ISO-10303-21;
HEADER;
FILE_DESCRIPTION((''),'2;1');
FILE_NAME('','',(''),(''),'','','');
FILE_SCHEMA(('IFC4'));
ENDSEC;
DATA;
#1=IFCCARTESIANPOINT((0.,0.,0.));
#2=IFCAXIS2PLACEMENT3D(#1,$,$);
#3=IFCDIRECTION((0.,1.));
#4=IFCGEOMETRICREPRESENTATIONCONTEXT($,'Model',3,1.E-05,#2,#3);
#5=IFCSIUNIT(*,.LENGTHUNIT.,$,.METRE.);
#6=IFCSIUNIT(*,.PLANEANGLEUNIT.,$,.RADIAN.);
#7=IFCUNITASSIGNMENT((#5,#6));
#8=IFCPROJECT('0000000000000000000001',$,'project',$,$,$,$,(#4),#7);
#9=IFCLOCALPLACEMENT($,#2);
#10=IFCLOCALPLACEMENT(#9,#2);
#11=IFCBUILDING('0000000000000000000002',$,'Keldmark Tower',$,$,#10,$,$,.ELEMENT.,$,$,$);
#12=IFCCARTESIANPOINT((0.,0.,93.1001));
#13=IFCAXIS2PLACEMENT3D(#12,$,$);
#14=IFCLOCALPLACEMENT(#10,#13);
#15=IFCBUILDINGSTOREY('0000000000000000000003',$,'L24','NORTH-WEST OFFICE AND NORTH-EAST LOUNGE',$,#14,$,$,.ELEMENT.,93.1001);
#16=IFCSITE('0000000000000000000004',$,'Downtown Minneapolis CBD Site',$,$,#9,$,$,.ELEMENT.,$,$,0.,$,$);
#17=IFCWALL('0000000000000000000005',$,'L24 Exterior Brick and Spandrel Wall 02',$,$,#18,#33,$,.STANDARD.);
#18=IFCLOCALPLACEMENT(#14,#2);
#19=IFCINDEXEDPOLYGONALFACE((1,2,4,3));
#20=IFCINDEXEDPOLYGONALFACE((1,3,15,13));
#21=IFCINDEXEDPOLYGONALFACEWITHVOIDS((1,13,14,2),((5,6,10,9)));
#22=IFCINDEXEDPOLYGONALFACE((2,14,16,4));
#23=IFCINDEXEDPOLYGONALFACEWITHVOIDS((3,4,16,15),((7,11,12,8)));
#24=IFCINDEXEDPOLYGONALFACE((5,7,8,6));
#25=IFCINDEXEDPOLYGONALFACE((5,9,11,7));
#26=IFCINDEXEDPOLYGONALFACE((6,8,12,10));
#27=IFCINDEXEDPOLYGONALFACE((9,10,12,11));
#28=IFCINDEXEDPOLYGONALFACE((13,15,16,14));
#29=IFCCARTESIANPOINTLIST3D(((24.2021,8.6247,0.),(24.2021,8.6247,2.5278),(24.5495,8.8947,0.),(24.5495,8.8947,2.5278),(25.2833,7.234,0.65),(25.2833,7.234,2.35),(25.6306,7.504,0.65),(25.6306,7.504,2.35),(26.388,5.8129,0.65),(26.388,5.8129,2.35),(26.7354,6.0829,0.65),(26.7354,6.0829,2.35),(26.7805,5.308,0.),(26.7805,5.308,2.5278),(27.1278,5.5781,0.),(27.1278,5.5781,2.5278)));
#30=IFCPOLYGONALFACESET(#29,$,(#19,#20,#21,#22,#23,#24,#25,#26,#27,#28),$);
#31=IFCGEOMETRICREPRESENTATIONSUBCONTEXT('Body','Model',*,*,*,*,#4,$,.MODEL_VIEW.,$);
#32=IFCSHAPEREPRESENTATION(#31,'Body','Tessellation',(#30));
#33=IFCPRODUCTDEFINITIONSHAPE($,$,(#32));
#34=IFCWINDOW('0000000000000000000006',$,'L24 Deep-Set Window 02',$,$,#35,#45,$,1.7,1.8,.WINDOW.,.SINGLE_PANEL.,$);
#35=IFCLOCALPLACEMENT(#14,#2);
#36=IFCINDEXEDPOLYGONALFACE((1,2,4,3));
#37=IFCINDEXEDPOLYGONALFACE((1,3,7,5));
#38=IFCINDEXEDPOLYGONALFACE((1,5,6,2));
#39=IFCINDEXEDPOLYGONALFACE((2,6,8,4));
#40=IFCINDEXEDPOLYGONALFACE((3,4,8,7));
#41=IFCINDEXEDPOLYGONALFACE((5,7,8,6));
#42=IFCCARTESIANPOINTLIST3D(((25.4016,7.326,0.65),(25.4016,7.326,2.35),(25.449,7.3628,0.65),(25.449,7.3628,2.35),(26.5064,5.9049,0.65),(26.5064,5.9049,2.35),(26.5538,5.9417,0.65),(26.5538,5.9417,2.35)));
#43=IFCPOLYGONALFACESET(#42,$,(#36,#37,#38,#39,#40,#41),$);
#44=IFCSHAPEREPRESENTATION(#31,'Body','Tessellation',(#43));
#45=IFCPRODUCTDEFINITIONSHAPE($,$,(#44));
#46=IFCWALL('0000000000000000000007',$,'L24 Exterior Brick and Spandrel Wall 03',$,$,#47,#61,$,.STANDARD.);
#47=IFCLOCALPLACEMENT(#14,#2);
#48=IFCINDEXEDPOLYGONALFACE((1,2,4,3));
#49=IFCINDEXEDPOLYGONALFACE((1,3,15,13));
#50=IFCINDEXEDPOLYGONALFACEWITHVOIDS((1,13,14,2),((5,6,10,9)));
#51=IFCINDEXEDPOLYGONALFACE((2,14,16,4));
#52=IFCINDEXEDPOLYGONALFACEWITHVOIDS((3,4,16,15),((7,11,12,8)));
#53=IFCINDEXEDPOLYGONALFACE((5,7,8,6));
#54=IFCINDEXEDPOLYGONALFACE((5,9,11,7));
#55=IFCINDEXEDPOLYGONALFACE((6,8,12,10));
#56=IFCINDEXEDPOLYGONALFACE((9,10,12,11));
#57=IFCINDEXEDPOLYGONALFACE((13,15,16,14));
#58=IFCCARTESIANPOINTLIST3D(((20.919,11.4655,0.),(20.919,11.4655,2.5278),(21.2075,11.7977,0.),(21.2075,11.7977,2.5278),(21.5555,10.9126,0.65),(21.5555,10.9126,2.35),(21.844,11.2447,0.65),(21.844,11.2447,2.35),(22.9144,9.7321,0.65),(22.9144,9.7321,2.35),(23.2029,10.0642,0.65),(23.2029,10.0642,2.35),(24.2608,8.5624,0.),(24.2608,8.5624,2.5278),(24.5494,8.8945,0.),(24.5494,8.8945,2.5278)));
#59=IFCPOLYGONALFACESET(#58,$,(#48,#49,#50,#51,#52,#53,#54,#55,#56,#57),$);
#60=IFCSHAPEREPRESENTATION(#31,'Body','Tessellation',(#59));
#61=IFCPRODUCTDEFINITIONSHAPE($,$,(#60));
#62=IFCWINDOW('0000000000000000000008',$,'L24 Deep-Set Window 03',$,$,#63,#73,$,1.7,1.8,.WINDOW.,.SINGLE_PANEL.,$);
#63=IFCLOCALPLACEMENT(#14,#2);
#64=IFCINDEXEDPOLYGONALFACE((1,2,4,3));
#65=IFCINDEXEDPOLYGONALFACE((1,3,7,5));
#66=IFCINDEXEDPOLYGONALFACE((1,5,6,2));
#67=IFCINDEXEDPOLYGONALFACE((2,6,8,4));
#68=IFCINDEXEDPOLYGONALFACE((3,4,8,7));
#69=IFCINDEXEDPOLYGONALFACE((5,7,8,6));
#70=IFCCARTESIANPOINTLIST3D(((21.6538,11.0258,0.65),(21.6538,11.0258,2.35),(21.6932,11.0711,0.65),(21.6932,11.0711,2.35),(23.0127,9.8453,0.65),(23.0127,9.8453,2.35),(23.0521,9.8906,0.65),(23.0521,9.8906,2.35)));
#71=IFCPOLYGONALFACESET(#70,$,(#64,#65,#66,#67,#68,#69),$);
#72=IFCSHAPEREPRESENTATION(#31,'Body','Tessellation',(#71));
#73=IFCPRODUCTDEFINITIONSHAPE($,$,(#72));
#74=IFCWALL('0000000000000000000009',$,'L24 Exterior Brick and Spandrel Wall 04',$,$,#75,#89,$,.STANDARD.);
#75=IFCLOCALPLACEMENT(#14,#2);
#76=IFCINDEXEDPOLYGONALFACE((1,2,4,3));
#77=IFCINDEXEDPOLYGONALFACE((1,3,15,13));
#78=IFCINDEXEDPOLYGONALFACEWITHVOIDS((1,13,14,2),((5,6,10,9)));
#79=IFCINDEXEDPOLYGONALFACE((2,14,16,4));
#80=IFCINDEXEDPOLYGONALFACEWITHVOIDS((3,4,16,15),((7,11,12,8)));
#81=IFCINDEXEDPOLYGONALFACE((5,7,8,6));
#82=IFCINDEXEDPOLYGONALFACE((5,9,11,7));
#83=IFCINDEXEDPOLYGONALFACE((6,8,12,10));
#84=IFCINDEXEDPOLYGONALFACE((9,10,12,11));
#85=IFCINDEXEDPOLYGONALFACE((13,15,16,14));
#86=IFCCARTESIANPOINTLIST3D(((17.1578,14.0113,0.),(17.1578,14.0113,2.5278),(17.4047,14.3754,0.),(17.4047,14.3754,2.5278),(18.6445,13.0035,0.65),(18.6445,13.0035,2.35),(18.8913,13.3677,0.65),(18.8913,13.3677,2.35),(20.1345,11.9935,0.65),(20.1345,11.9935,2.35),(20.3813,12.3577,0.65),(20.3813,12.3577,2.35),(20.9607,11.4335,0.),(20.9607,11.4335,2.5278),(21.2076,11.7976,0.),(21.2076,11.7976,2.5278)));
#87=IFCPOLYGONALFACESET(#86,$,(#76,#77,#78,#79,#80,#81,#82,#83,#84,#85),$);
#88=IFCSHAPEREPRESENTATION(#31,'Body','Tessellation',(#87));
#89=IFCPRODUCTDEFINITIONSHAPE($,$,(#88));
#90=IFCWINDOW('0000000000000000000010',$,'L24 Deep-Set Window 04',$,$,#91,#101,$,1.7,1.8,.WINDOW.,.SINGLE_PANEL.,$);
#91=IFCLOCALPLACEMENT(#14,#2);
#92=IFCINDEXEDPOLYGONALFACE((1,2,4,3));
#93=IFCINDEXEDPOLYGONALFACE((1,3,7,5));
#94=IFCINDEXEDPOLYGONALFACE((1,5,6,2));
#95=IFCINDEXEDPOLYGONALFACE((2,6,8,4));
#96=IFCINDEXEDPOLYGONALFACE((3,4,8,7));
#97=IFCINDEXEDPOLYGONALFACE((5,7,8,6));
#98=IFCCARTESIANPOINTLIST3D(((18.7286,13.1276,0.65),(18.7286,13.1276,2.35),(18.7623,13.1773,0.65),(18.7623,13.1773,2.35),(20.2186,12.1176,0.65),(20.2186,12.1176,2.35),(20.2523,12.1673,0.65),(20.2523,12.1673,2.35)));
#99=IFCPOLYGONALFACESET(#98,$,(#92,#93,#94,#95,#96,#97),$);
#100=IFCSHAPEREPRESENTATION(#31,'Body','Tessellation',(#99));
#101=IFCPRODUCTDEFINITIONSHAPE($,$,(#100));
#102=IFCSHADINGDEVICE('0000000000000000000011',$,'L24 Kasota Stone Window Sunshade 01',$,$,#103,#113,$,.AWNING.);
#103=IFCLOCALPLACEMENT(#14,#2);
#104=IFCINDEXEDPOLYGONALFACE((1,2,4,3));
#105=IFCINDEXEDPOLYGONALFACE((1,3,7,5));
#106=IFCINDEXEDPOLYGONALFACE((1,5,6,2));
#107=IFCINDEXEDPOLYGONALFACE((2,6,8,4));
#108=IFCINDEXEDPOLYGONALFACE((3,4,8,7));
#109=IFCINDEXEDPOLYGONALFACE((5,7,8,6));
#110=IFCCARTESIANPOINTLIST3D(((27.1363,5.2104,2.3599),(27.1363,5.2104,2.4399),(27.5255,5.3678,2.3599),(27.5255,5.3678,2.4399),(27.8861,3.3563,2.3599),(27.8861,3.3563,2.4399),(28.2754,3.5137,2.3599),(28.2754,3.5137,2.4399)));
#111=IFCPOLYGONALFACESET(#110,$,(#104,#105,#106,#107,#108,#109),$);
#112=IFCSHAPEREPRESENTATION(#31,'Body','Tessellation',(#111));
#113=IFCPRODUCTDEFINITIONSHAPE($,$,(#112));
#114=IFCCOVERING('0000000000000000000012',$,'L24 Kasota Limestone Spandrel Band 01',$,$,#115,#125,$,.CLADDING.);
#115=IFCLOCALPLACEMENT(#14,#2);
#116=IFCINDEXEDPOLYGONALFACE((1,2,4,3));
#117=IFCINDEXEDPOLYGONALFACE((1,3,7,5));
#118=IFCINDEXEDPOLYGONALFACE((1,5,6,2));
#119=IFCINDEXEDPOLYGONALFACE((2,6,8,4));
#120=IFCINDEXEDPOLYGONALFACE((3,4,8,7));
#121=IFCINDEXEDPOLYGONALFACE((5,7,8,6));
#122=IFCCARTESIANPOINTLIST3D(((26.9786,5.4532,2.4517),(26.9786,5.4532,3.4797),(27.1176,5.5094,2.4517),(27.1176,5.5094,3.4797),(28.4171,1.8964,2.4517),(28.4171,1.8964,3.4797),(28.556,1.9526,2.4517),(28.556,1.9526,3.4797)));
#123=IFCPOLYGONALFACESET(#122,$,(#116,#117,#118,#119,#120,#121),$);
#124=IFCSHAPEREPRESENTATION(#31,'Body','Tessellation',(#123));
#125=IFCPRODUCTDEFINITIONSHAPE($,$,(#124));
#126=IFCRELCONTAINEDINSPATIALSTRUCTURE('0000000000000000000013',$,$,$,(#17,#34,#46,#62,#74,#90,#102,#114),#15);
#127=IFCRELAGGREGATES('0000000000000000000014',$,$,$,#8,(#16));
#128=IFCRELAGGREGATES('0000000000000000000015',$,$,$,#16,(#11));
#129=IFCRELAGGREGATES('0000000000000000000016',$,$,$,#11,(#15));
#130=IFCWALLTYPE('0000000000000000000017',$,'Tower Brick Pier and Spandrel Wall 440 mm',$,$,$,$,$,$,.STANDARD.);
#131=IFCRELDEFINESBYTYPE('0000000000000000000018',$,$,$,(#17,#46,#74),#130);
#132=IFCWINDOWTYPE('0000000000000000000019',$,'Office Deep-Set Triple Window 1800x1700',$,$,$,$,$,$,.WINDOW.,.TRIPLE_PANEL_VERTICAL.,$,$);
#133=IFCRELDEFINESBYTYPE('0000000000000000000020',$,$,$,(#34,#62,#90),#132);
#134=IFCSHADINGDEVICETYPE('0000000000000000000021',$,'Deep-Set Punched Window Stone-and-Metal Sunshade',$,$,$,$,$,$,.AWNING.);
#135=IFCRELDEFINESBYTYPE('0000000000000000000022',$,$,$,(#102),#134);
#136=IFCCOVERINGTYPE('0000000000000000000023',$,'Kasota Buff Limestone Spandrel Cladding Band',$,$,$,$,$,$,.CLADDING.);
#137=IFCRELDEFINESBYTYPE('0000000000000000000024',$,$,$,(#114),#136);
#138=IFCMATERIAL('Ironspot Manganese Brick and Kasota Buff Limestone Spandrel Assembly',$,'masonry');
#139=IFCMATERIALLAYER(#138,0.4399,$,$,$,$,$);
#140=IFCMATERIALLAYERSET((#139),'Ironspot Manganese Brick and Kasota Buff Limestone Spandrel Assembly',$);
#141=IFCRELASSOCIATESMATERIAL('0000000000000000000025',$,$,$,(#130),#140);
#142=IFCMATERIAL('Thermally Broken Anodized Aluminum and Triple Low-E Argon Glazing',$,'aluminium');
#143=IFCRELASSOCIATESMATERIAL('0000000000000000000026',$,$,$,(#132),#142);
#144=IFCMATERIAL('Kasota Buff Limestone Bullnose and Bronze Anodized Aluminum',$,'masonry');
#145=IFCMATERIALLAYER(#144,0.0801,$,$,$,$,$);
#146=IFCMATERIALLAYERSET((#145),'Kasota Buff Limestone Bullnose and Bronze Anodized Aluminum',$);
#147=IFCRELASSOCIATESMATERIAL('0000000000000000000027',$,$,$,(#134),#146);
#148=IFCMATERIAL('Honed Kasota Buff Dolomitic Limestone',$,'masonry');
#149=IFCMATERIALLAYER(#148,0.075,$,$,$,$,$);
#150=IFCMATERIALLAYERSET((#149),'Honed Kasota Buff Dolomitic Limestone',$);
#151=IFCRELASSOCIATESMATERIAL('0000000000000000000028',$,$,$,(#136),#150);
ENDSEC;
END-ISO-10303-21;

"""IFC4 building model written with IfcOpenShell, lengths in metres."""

from ifc_helpers import new_model, si_unit, direction, frame, frame_2d, origin, origin_2d, place, context, subcontext, project, spatial, rectangle, extrude, material, layer, layer_set, type_object, element, fill, save


model = new_model("IFC4")

# Units and contexts
model_context = context("Model", 3, precision=1e-05, world=origin(), true_north=direction((0.0, 1.0)))
body_context = subcontext(model_context, "Body", "Model", "MODEL_VIEW")
ifc_project = project(units=[si_unit("LENGTHUNIT", "METRE"), si_unit("PLANEANGLEUNIT", "RADIAN")], contexts=[model_context])

# Site, building, storey
site_placement = place(None, origin())
site = spatial("IfcSite", under=ifc_project, at=site_placement, Name="Downtown Minneapolis CBD Site", CompositionType="ELEMENT", RefElevation=0.0)
building_placement = place(site_placement, origin())
building = spatial("IfcBuilding", under=site, at=building_placement, Name="Keldmark Tower", CompositionType="ELEMENT")
storey_placement = place(building_placement, frame((0.0, 0.0, 93.1001)))
storey = spatial("IfcBuildingStorey", under=building, at=storey_placement, Name="L24", Description="NORTH-WEST OFFICE AND NORTH-EAST LOUNGE", CompositionType="ELEMENT", Elevation=93.1001)

# Walls, openings, windows
ifc_material_1 = material(Name="Ironspot Manganese Brick and Kasota Buff Limestone Spandrel Assembly", Category="masonry")
ifc_layer_1 = layer(ifc_material_1, 0.4399)
ifc_layer_set_1 = layer_set([ifc_layer_1], Name="Ironspot Manganese Brick and Kasota Buff Limestone Spandrel Assembly")
wall_type_1 = type_object("IfcWallType", Name="Tower Brick Pier and Spandrel Wall 440 mm", PredefinedType="STANDARD", material=ifc_layer_set_1)
ifc_material_2 = material(Name="Thermally Broken Anodized Aluminum and Triple Low-E Argon Glazing", Category="aluminium")
window_type = type_object("IfcWindowType", Name="Office Deep-Set Triple Window 1800x1700", PartitioningType="TRIPLE_PANEL_VERTICAL", PredefinedType="WINDOW", material=ifc_material_2)
wall_1_placement = place(storey_placement, frame((24.3757, 8.7598, 0.0), z_axis=(0.0, 0.0, 1.0), x_axis=(0.613756, -0.789496, 0.0)))
wall_1 = element("IfcWall", 1, at=wall_1_placement, inside=storey, type_object=wall_type_1, Name="L24 Exterior Brick and Spandrel Wall 02", PredefinedType="STANDARD", context=body_context, shape_type="SweptSolid", body=[
    extrude(rectangle(XDim=4.2009, YDim=0.4399, at=frame_2d((2.1006, 0.0))), origin(), (0.0, 0.0, 1.0), 2.5278),
])
opening_1_placement = place(wall_1_placement, frame((1.7617, 0.0, 0.6499)))
opening_1 = element("IfcOpeningElement", 2, at=opening_1_placement, cuts=wall_1, PredefinedType="OPENING", context=body_context, shape_type="SweptSolid", body=[
    extrude(rectangle(XDim=1.8, YDim=1.7, at=frame_2d((0.8999, 0.8501))), frame((0.0, 0.23, 0.0), z_axis=(0.0, -1.0, 0.0), x_axis=(1.0, 0.0, 0.0)), (0.0, 0.0, 1.0), 0.46),
])
window_1_placement = place(opening_1_placement, origin())
window_1 = element("IfcWindow", 3, at=window_1_placement, inside=storey, type_object=window_type, Name="L24 Deep-Set Window 02", OverallHeight=1.7, OverallWidth=1.8, PartitioningType="SINGLE_PANEL", PredefinedType="WINDOW", context=body_context, shape_type="SweptSolid", body=[
    extrude(rectangle(XDim=1.8, YDim=1.7, at=frame_2d((0.8999, 0.8501))), frame((0.0, -0.01, 0.0), z_axis=(0.0, -1.0, 0.0), x_axis=(1.0, 0.0, 0.0)), (0.0, 0.0, 1.0), 0.0601),
])
fill(opening_1, window_1)
wall_2_placement = place(storey_placement, frame((21.0632, 11.6316, 0.0), z_axis=(0.0, 0.0, 1.0), x_axis=(0.754922, -0.655814, 0.0)))
wall_2 = element("IfcWall", 4, at=wall_2_placement, inside=storey, type_object=wall_type_1, Name="L24 Exterior Brick and Spandrel Wall 03", PredefinedType="STANDARD", context=body_context, shape_type="SweptSolid", body=[
    extrude(rectangle(XDim=4.4268, YDim=0.4399, at=frame_2d((2.2134, 0.0))), origin(), (0.0, 0.0, 1.0), 2.5278),
])
opening_2_placement = place(wall_2_placement, frame((0.8433, 0.0, 0.6499)))
opening_2 = element("IfcOpeningElement", 5, at=opening_2_placement, cuts=wall_2, PredefinedType="OPENING", context=body_context, shape_type="SweptSolid", body=[
    extrude(rectangle(XDim=1.8, YDim=1.7, at=frame_2d((0.8999, 0.8501))), frame((0.0, 0.23, 0.0), z_axis=(0.0, -1.0, 0.0), x_axis=(1.0, 0.0, 0.0)), (0.0, 0.0, 1.0), 0.46),
])
window_2_placement = place(opening_2_placement, origin())
window_2 = element("IfcWindow", 6, at=window_2_placement, inside=storey, type_object=window_type, Name="L24 Deep-Set Window 03", OverallHeight=1.7, OverallWidth=1.8, PartitioningType="SINGLE_PANEL", PredefinedType="WINDOW", context=body_context, shape_type="SweptSolid", body=[
    extrude(rectangle(XDim=1.8, YDim=1.7, at=frame_2d((0.8999, 0.8501))), frame((0.0, -0.01, 0.0), z_axis=(0.0, -1.0, 0.0), x_axis=(1.0, 0.0, 0.0)), (0.0, 0.0, 1.0), 0.0601),
])
fill(opening_2, window_2)
wall_3_placement = place(storey_placement, frame((17.2812, 14.1934, 0.0), z_axis=(0.0, 0.0, 1.0), x_axis=(0.82775, -0.561097, 0.0)))
wall_3 = element("IfcWall", 7, at=wall_3_placement, inside=storey, type_object=wall_type_1, Name="L24 Exterior Brick and Spandrel Wall 04", PredefinedType="STANDARD", context=body_context, shape_type="SweptSolid", body=[
    extrude(rectangle(XDim=4.5942, YDim=0.4399, at=frame_2d((2.2971, 0.0))), origin(), (0.0, 0.0, 1.0), 2.5278),
])
opening_3_placement = place(wall_3_placement, frame((1.7961, 0.0, 0.6499)))
opening_3 = element("IfcOpeningElement", 8, at=opening_3_placement, cuts=wall_3, PredefinedType="OPENING", context=body_context, shape_type="SweptSolid", body=[
    extrude(rectangle(XDim=1.8, YDim=1.7, at=frame_2d((0.8999, 0.8501))), frame((0.0, 0.23, 0.0), z_axis=(0.0, -1.0, 0.0), x_axis=(1.0, 0.0, 0.0)), (0.0, 0.0, 1.0), 0.46),
])
window_3_placement = place(opening_3_placement, origin())
window_3 = element("IfcWindow", 9, at=window_3_placement, inside=storey, type_object=window_type, Name="L24 Deep-Set Window 04", OverallHeight=1.7, OverallWidth=1.8, PartitioningType="SINGLE_PANEL", PredefinedType="WINDOW", context=body_context, shape_type="SweptSolid", body=[
    extrude(rectangle(XDim=1.8, YDim=1.7, at=frame_2d((0.8999, 0.8501))), frame((0.0, -0.01, 0.0), z_axis=(0.0, -1.0, 0.0), x_axis=(1.0, 0.0, 0.0)), (0.0, 0.0, 1.0), 0.0601),
])
fill(opening_3, window_3)

# Shading device
ifc_material_3 = material(Name="Kasota Buff Limestone Bullnose and Bronze Anodized Aluminum", Category="masonry")
ifc_layer_2 = layer(ifc_material_3, 0.0801)
ifc_layer_set_2 = layer_set([ifc_layer_2], Name="Kasota Buff Limestone Bullnose and Bronze Anodized Aluminum")
shading_device_type = type_object("IfcShadingDeviceType", Name="Deep-Set Punched Window Stone-and-Metal Sunshade", PredefinedType="AWNING", material=ifc_layer_set_2)
shading_device_placement = place(storey_placement, frame((27.7058, 4.3621, 2.3599), z_axis=(0.0, 0.0, 1.0), x_axis=(0.374914, -0.92706, 0.0)))
element("IfcShadingDevice", 10, at=shading_device_placement, inside=storey, type_object=shading_device_type, Name="L24 Kasota Stone Window Sunshade 01", PredefinedType="AWNING", context=body_context, shape_type="SweptSolid", body=[
    extrude(rectangle(XDim=2.0, YDim=0.4199, at=origin_2d()), origin(), (0.0, 0.0, 1.0), 0.0801),
])

# Covering
ifc_material_4 = material(Name="Honed Kasota Buff Dolomitic Limestone", Category="masonry")
ifc_layer_3 = layer(ifc_material_4, 0.075)
ifc_layer_set_3 = layer_set([ifc_layer_3], Name="Honed Kasota Buff Dolomitic Limestone")
covering_type = type_object("IfcCoveringType", Name="Kasota Buff Limestone Spandrel Cladding Band", PredefinedType="CLADDING", material=ifc_layer_set_3)
covering_placement = place(storey_placement, frame((27.7673, 3.7029, 2.4517), z_axis=(0.0, 0.0, 1.0), x_axis=(-0.374914, 0.92706, 0.0)))
element("IfcCovering", 11, at=covering_placement, inside=storey, type_object=covering_type, Name="L24 Kasota Limestone Spandrel Band 01", PredefinedType="CLADDING", context=body_context, shape_type="SweptSolid", body=[
    extrude(rectangle(XDim=3.8367, YDim=0.1499, at=origin_2d()), origin(), (0.0, 0.0, 1.0), 1.0281),
])

save(model, "model.ifc")
